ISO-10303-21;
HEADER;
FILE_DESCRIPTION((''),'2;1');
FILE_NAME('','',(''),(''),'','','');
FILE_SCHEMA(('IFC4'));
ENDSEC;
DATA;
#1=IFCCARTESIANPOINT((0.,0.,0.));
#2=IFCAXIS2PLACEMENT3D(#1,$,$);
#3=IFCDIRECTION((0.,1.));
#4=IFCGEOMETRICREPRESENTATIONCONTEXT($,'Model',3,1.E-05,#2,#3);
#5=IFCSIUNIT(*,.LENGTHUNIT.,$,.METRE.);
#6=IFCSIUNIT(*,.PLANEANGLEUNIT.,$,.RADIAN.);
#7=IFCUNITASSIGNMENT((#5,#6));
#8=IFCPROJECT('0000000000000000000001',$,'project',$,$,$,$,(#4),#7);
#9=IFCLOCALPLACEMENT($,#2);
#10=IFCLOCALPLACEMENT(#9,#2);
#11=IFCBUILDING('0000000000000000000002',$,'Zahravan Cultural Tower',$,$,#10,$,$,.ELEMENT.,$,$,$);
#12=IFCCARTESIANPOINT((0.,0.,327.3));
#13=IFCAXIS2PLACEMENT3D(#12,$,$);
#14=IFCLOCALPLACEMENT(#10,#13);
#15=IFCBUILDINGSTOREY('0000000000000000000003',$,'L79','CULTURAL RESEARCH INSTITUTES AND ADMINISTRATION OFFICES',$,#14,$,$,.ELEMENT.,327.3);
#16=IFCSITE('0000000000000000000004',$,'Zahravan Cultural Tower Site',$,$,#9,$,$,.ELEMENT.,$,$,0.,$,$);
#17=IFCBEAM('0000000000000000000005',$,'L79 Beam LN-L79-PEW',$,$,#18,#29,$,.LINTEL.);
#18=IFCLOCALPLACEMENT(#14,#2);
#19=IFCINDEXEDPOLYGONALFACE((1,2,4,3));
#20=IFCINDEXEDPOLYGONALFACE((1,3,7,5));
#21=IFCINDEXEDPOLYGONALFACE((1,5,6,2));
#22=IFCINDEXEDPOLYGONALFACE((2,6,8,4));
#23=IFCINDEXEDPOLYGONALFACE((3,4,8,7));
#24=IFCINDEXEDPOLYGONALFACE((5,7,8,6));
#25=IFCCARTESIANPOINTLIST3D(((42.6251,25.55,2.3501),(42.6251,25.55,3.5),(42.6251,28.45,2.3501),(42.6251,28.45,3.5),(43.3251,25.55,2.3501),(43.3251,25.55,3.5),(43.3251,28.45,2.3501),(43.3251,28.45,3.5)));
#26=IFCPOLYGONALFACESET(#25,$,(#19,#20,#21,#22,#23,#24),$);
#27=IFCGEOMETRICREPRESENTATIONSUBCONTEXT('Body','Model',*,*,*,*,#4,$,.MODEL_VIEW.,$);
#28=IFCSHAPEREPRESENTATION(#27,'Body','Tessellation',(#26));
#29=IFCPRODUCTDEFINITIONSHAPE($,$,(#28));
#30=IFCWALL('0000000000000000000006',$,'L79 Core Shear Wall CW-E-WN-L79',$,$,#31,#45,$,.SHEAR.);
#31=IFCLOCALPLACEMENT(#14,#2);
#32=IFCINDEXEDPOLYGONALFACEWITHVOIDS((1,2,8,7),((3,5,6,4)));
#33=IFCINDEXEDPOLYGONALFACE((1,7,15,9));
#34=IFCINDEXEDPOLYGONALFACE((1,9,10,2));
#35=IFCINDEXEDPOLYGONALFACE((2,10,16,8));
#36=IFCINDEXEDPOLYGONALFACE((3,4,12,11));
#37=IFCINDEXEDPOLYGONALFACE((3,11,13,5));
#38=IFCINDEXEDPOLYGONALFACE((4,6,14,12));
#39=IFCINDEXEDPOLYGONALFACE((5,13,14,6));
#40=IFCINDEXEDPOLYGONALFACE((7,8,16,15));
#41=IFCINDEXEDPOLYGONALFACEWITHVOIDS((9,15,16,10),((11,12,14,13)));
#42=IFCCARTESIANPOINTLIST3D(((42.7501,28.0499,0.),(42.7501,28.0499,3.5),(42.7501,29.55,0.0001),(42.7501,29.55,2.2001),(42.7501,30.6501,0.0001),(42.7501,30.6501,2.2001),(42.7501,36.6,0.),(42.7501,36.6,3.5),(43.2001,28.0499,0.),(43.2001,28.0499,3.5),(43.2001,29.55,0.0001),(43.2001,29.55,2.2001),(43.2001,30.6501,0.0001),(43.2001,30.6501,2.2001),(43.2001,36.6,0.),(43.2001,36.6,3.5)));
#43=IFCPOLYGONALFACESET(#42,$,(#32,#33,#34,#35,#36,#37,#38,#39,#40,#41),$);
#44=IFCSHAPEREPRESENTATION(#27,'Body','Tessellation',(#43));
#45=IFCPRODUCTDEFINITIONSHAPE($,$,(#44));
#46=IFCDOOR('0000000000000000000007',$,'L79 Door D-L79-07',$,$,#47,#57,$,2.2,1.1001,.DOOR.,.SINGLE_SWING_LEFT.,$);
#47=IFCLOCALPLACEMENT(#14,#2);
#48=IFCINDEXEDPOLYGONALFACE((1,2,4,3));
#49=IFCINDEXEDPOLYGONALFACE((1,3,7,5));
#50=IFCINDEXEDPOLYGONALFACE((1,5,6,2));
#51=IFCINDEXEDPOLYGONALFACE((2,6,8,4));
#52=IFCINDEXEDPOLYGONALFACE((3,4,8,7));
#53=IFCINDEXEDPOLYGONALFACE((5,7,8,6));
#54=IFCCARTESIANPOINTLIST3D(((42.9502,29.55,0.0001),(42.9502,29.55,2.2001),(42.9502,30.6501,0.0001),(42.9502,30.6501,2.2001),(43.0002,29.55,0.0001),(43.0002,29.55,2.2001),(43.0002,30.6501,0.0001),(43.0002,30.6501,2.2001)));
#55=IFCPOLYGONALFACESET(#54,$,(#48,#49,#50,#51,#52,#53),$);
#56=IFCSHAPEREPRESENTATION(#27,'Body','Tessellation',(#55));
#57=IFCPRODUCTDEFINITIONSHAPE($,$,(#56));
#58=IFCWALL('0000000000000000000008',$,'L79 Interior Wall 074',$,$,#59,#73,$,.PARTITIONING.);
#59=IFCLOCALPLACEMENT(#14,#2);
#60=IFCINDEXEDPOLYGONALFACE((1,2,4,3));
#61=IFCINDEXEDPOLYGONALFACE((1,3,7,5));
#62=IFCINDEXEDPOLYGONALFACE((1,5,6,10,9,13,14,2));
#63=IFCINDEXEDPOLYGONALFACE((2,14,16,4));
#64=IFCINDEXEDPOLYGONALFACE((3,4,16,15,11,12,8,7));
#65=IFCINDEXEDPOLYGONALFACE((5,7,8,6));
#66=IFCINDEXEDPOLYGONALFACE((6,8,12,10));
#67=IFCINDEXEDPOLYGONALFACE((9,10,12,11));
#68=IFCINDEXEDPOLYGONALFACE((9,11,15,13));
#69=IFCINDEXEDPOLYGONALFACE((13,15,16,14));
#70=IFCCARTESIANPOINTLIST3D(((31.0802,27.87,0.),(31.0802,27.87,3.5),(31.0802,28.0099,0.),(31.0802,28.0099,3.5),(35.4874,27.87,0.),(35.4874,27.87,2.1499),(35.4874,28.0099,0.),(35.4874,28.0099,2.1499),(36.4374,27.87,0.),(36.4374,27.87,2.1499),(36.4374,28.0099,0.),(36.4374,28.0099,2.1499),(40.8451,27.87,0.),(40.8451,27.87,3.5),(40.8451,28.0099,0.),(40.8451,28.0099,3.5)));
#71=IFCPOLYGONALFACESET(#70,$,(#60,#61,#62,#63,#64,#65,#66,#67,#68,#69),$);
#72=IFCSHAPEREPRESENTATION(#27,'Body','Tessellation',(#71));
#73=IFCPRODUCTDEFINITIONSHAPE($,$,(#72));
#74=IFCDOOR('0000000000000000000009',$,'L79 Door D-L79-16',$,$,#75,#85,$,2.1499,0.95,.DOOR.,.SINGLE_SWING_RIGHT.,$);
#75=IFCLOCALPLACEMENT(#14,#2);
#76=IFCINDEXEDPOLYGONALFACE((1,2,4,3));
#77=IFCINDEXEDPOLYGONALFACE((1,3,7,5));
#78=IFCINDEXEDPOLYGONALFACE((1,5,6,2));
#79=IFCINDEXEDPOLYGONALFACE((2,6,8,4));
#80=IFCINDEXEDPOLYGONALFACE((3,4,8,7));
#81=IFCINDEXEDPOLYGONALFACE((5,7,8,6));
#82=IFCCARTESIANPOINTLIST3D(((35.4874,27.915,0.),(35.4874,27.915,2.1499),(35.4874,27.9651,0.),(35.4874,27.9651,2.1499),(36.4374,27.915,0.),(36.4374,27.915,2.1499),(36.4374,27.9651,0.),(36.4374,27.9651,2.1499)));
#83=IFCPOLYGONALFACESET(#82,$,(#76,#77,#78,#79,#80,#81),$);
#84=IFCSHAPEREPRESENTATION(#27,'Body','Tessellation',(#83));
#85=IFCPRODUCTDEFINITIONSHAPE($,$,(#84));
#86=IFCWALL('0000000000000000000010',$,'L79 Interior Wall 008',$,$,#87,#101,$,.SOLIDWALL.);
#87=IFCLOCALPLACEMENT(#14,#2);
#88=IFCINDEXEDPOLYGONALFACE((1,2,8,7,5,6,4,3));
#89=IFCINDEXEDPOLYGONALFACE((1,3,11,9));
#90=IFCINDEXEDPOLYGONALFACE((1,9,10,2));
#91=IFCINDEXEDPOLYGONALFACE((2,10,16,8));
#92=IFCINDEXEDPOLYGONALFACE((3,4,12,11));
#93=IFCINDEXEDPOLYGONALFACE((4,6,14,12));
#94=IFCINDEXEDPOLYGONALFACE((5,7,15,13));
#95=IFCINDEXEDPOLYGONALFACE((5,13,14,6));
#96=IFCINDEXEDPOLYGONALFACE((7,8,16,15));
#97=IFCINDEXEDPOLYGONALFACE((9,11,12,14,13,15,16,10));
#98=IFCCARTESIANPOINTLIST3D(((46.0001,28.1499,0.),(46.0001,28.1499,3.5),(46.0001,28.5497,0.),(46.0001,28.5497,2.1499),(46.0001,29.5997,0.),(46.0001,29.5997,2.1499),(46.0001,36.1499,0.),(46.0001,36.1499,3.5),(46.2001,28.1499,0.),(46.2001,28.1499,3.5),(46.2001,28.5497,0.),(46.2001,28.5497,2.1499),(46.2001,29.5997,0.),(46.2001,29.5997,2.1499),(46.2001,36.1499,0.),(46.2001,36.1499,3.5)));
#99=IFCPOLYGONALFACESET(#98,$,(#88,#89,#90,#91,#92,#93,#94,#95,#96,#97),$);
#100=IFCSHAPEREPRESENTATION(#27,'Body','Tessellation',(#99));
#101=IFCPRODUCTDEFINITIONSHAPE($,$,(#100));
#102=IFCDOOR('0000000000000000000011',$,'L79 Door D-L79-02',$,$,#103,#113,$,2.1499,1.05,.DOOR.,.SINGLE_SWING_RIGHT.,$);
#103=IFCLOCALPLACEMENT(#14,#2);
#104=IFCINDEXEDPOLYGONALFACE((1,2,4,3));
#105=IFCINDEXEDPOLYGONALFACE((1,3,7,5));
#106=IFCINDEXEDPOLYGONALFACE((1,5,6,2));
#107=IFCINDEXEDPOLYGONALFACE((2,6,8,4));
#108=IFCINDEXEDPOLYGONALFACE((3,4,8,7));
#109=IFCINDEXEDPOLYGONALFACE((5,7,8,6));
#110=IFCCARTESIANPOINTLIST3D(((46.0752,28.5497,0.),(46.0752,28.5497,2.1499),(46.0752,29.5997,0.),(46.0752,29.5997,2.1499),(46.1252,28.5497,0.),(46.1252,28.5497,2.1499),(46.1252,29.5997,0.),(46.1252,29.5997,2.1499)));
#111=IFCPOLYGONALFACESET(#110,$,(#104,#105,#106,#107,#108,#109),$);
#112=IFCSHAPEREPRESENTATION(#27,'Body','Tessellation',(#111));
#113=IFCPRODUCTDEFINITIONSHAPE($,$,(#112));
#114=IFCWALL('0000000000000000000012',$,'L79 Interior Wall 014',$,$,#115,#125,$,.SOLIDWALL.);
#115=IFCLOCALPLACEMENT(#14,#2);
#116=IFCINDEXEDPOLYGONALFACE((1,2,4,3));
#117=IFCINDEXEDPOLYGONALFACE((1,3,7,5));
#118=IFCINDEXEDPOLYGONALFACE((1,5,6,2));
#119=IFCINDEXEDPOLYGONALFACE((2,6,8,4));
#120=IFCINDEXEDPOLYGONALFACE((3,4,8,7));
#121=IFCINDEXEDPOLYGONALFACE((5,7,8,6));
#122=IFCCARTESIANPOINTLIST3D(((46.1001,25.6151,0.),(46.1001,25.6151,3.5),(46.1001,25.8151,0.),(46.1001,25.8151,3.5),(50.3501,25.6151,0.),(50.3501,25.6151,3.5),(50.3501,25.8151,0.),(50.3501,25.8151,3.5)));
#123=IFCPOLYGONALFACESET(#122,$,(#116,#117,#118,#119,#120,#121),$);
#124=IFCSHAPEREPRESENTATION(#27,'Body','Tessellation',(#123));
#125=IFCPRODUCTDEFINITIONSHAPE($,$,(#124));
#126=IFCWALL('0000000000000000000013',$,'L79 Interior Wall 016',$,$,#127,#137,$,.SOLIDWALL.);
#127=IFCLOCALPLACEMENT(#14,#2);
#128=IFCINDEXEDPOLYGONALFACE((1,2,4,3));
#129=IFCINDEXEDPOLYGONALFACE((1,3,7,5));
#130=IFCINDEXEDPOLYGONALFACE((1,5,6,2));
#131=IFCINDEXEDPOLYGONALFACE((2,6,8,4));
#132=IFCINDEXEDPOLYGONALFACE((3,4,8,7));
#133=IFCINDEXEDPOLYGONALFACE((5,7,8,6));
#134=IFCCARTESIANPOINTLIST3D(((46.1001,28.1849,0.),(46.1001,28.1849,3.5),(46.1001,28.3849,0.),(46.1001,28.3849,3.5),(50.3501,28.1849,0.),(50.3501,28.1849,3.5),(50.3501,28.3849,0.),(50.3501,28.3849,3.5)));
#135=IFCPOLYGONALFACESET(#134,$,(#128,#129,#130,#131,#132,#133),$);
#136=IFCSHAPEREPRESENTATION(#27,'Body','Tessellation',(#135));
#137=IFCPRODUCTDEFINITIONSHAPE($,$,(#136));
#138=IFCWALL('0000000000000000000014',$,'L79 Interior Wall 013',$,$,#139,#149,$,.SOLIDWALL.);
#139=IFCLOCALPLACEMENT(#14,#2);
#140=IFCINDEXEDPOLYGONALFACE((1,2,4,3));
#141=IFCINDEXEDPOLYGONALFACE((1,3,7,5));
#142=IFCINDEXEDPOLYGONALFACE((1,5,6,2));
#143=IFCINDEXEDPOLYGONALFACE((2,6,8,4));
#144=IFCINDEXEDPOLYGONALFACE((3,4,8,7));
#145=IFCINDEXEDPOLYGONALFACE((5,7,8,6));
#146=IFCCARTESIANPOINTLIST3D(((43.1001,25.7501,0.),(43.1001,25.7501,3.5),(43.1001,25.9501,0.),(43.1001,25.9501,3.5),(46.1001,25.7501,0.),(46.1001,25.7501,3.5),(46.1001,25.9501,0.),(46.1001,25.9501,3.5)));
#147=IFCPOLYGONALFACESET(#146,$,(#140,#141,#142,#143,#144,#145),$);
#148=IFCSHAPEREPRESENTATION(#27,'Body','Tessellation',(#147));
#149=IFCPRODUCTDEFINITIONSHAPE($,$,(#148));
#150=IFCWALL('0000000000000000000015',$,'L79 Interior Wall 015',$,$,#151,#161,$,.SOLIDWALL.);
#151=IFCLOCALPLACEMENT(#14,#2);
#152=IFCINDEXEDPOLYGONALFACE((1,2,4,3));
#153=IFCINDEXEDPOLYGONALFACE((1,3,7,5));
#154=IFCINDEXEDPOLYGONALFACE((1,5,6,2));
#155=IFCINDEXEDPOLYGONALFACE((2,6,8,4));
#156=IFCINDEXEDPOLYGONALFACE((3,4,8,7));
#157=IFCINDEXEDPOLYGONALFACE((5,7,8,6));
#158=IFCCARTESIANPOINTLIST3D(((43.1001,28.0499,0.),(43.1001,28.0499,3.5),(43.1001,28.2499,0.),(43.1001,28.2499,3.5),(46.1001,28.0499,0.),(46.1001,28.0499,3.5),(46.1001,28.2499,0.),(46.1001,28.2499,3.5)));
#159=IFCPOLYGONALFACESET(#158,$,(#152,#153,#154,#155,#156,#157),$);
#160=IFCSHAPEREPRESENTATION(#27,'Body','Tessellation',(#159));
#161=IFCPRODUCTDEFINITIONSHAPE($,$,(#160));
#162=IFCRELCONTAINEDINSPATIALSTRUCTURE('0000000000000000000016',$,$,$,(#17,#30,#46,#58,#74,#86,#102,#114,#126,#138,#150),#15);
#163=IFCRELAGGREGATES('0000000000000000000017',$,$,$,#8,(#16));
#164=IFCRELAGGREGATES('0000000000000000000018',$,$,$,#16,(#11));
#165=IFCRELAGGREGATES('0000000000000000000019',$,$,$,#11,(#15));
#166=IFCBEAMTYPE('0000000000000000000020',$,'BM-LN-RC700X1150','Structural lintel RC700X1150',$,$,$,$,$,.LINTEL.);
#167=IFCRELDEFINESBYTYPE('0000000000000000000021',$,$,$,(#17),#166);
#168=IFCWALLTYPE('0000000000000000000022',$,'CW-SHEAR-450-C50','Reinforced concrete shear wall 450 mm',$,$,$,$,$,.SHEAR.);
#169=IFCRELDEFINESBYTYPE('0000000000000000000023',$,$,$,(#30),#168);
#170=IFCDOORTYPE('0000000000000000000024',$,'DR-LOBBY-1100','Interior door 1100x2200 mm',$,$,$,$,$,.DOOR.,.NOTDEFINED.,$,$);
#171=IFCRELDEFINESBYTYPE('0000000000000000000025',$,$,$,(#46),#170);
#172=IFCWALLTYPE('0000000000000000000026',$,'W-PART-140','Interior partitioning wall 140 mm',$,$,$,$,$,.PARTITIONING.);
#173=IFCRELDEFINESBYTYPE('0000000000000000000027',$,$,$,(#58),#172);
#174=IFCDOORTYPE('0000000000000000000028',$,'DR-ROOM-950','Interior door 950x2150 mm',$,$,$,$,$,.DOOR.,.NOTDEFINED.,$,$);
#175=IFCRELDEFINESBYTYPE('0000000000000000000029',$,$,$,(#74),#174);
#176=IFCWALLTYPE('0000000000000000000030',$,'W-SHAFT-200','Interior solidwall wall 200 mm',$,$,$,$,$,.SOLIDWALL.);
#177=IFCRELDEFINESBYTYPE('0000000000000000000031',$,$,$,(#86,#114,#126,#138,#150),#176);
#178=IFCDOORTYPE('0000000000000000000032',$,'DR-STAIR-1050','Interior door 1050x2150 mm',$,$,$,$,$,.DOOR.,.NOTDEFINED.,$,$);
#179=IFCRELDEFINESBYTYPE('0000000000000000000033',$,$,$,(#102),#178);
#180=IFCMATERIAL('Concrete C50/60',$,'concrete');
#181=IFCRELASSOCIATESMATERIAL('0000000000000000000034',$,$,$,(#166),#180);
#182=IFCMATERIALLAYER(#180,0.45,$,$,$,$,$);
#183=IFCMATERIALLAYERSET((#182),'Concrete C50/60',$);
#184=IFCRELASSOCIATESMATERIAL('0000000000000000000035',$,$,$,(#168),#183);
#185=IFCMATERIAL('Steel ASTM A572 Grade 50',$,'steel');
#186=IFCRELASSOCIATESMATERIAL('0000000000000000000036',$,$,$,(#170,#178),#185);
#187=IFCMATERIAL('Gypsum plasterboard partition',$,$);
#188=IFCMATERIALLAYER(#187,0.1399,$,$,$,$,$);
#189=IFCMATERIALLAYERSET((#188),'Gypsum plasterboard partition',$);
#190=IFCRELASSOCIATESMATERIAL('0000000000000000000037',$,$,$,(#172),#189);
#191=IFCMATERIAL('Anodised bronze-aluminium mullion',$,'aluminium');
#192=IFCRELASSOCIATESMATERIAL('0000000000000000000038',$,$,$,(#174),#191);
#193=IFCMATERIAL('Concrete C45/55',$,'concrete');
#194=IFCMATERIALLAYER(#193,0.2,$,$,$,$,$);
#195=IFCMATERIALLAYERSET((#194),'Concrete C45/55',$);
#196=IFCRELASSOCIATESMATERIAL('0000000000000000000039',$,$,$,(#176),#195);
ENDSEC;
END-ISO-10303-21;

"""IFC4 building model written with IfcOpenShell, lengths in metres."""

from ifc_helpers import new_model, si_unit, direction, frame, frame_2d, origin, origin_2d, place, context, subcontext, project, spatial, rectangle, extrude, source, transform, mapped, material, layer, layer_set, material_profile, profile_set, type_object, element, fill, save


model = new_model("IFC4")

# Units and contexts
model_context = context("Model", 3, precision=1e-05, world=origin(), true_north=direction((0.0, 1.0)))
body_context = subcontext(model_context, "Body", "Model", "MODEL_VIEW")
ifc_project = project(units=[si_unit("LENGTHUNIT", "METRE"), si_unit("PLANEANGLEUNIT", "RADIAN")], contexts=[model_context])

# Site, building, storey
site_placement = place(None, origin())
site = spatial("IfcSite", under=ifc_project, at=site_placement, Name="Zahravan Cultural Tower Site", CompositionType="ELEMENT", RefElevation=0.0)
building_placement = place(site_placement, origin())
building = spatial("IfcBuilding", under=site, at=building_placement, Name="Zahravan Cultural Tower", CompositionType="ELEMENT")
storey_placement = place(building_placement, frame((0.0, 0.0, 327.3)))
storey = spatial("IfcBuildingStorey", under=building, at=storey_placement, Name="L79", Description="CULTURAL RESEARCH INSTITUTES AND ADMINISTRATION OFFICES", CompositionType="ELEMENT", Elevation=327.3)

# Beam
ifc_material_1 = material(Name="Concrete C50/60", Category="concrete")
ifc_material_profile = material_profile(ifc_material_1, rectangle(XDim=0.7, YDim=1.1499, at=origin_2d()), Name="RC700X1150")
ifc_profile_set = profile_set([ifc_material_profile], Name="Concrete C50/60")
beam_type = type_object("IfcBeamType", Name="BM-LN-RC700X1150", Description="Structural lintel RC700X1150", PredefinedType="LINTEL", material=ifc_profile_set)
shared_shape_1 = source(origin(), body_context, "Body", "SweptSolid", [
    extrude(rectangle(XDim=0.7, YDim=1.1499, at=origin_2d()), origin(), (0.0, 0.0, 1.0), 2.8999),
])
beam_placement = place(storey_placement, frame((42.9751, 25.55, 2.925), z_axis=(0.0, 1.0, 0.0), x_axis=(-1.0, 0.0, 0.0)))
element("IfcBeam", 1, at=beam_placement, inside=storey, type_object=beam_type, Name="L79 Beam LN-L79-PEW", PredefinedType="LINTEL", context=body_context, shape_type="MappedRepresentation", body=[
    mapped(shared_shape_1, transform((0.0, 0.0, 0.0), x_axis=(1.0, 0.0, 0.0), y_axis=(0.0, 1.0, 0.0), z_axis=(0.0, 0.0, 1.0), scale=1.0)),
])

# Walls, openings, doors
ifc_layer_1 = layer(ifc_material_1, 0.45)
ifc_layer_set_1 = layer_set([ifc_layer_1], Name="Concrete C50/60")
wall_type_1 = type_object("IfcWallType", Name="CW-SHEAR-450-C50", Description="Reinforced concrete shear wall 450 mm", PredefinedType="SHEAR", material=ifc_layer_set_1)
wall_1_placement = place(storey_placement, frame((42.9751, 28.05, 0.0), z_axis=(0.0, 0.0, 1.0), x_axis=(0.0, 1.0, 0.0)))
wall_1 = element("IfcWall", 2, at=wall_1_placement, inside=storey, type_object=wall_type_1, Name="L79 Core Shear Wall CW-E-WN-L79", PredefinedType="SHEAR", context=body_context, shape_type="SweptSolid", body=[
    extrude(rectangle(XDim=8.55, YDim=0.45, at=frame_2d((4.2749, 0.0))), origin(), (0.0, 0.0, 1.0), 3.5),
])
opening_1_placement = place(wall_1_placement, frame((1.5, 0.0, 0.0)))
opening_1 = element("IfcOpeningElement", 3, at=opening_1_placement, cuts=wall_1, PredefinedType="OPENING", context=body_context, shape_type="SweptSolid", body=[
    extrude(rectangle(XDim=1.1001, YDim=2.2, at=frame_2d((0.55, 1.1001))), frame((0.0, 0.2349, 0.0), z_axis=(0.0, -1.0, 0.0), x_axis=(1.0, 0.0, 0.0)), (0.0, 0.0, 1.0), 0.47),
])
ifc_material_2 = material(Name="Steel ASTM A572 Grade 50", Category="steel")
door_type_1 = type_object("IfcDoorType", Name="DR-LOBBY-1100", Description="Interior door 1100x2200 mm", OperationType="NOTDEFINED", PredefinedType="DOOR", material=ifc_material_2)
shared_shape_2 = source(origin(), body_context, "Body", "SweptSolid", [
    extrude(rectangle(XDim=1.1001, YDim=2.2, at=frame_2d((0.55, 1.1001))), frame((0.0, 0.0249, 0.0), z_axis=(0.0, -1.0, 0.0), x_axis=(1.0, 0.0, 0.0)), (0.0, 0.0, 1.0), 0.05),
])
door_1_placement = place(opening_1_placement, origin())
door_1 = element("IfcDoor", 4, at=door_1_placement, inside=storey, type_object=door_type_1, Name="L79 Door D-L79-07", OperationType="SINGLE_SWING_LEFT", OverallHeight=2.2, OverallWidth=1.1001, PredefinedType="DOOR", context=body_context, shape_type="MappedRepresentation", body=[
    mapped(shared_shape_2, transform((0.0, 0.0, 0.0), x_axis=(1.0, 0.0, 0.0), y_axis=(0.0, 1.0, 0.0), z_axis=(0.0, 0.0, 1.0), scale=1.0)),
])
fill(opening_1, door_1)
ifc_material_3 = material(Name="Gypsum plasterboard partition")
ifc_layer_2 = layer(ifc_material_3, 0.1399)
ifc_layer_set_2 = layer_set([ifc_layer_2], Name="Gypsum plasterboard partition")
wall_type_2 = type_object("IfcWallType", Name="W-PART-140", Description="Interior partitioning wall 140 mm", PredefinedType="PARTITIONING", material=ifc_layer_set_2)
wall_2_placement = place(storey_placement, frame((40.845, 27.9399, 0.0), z_axis=(0.0, 0.0, 1.0), x_axis=(-1.0, 0.0, 0.0)))
wall_2 = element("IfcWall", 5, at=wall_2_placement, inside=storey, type_object=wall_type_2, Name="L79 Interior Wall 074", PredefinedType="PARTITIONING", context=body_context, shape_type="SweptSolid", body=[
    extrude(rectangle(XDim=9.7649, YDim=0.1399, at=frame_2d((4.8823, 0.0))), origin(), (0.0, 0.0, 1.0), 3.5),
])
opening_2_placement = place(wall_2_placement, frame((4.4075, 0.0, 0.0)))
opening_2 = element("IfcOpeningElement", 6, at=opening_2_placement, cuts=wall_2, PredefinedType="OPENING", context=body_context, shape_type="SweptSolid", body=[
    extrude(rectangle(XDim=0.95, YDim=2.1499, at=frame_2d((0.4751, 1.075))), frame((0.0, 0.0798, 0.0), z_axis=(0.0, -1.0, 0.0), x_axis=(1.0, 0.0, 0.0)), (0.0, 0.0, 1.0), 0.1599),
])
ifc_material_4 = material(Name="Anodised bronze-aluminium mullion", Category="aluminium")
door_type_2 = type_object("IfcDoorType", Name="DR-ROOM-950", Description="Interior door 950x2150 mm", OperationType="NOTDEFINED", PredefinedType="DOOR", material=ifc_material_4)
shared_shape_3 = source(origin(), body_context, "Body", "SweptSolid", [
    extrude(rectangle(XDim=0.95, YDim=2.1499, at=frame_2d((0.4751, 1.075))), frame((0.0, 0.0249, 0.0), z_axis=(0.0, -1.0, 0.0), x_axis=(1.0, 0.0, 0.0)), (0.0, 0.0, 1.0), 0.05),
])
door_2_placement = place(opening_2_placement, origin())
door_2 = element("IfcDoor", 7, at=door_2_placement, inside=storey, type_object=door_type_2, Name="L79 Door D-L79-16", OperationType="SINGLE_SWING_RIGHT", OverallHeight=2.1499, OverallWidth=0.95, PredefinedType="DOOR", context=body_context, shape_type="MappedRepresentation", body=[
    mapped(shared_shape_3, transform((0.0, 0.0, 0.0), x_axis=(1.0, 0.0, 0.0), y_axis=(0.0, 1.0, 0.0), z_axis=(0.0, 0.0, 1.0), scale=1.0)),
])
fill(opening_2, door_2)
ifc_material_5 = material(Name="Concrete C45/55", Category="concrete")
ifc_layer_3 = layer(ifc_material_5, 0.2)
ifc_layer_set_3 = layer_set([ifc_layer_3], Name="Concrete C45/55")
wall_type_3 = type_object("IfcWallType", Name="W-SHAFT-200", Description="Interior solidwall wall 200 mm", PredefinedType="SOLIDWALL", material=ifc_layer_set_3)
wall_3_placement = place(storey_placement, frame((46.1001, 28.1499, 0.0), z_axis=(0.0, 0.0, 1.0), x_axis=(0.0, 1.0, 0.0)))
wall_3 = element("IfcWall", 8, at=wall_3_placement, inside=storey, type_object=wall_type_3, Name="L79 Interior Wall 008", PredefinedType="SOLIDWALL", context=body_context, shape_type="SweptSolid", body=[
    extrude(rectangle(XDim=8.0, YDim=0.2, at=frame_2d((4.0, 0.0))), origin(), (0.0, 0.0, 1.0), 3.5),
])
opening_3_placement = place(wall_3_placement, frame((0.3999, 0.0, 0.0)))
opening_3 = element("IfcOpeningElement", 9, at=opening_3_placement, cuts=wall_3, PredefinedType="OPENING", context=body_context, shape_type="SweptSolid", body=[
    extrude(rectangle(XDim=1.05, YDim=2.1499, at=frame_2d((0.5249, 1.075))), frame((0.0, 0.1099, 0.0), z_axis=(0.0, -1.0, 0.0), x_axis=(1.0, 0.0, 0.0)), (0.0, 0.0, 1.0), 0.22),
])
door_type_3 = type_object("IfcDoorType", Name="DR-STAIR-1050", Description="Interior door 1050x2150 mm", OperationType="NOTDEFINED", PredefinedType="DOOR", material=ifc_material_2)
shared_shape_4 = source(origin(), body_context, "Body", "SweptSolid", [
    extrude(rectangle(XDim=1.05, YDim=2.1499, at=frame_2d((0.5249, 1.075))), frame((0.0, 0.0249, 0.0), z_axis=(0.0, -1.0, 0.0), x_axis=(1.0, 0.0, 0.0)), (0.0, 0.0, 1.0), 0.05),
])
door_3_placement = place(opening_3_placement, origin())
door_3 = element("IfcDoor", 10, at=door_3_placement, inside=storey, type_object=door_type_3, Name="L79 Door D-L79-02", OperationType="SINGLE_SWING_RIGHT", OverallHeight=2.1499, OverallWidth=1.05, PredefinedType="DOOR", context=body_context, shape_type="MappedRepresentation", body=[
    mapped(shared_shape_4, transform((0.0, 0.0, 0.0), x_axis=(1.0, 0.0, 0.0), y_axis=(0.0, 1.0, 0.0), z_axis=(0.0, 0.0, 1.0), scale=1.0)),
])
fill(opening_3, door_3)

# Walls
shared_shape_5 = source(origin(), body_context, "Body", "SweptSolid", [
    extrude(rectangle(XDim=4.25, YDim=0.2, at=frame_2d((2.125, 0.0))), origin(), (0.0, 0.0, 1.0), 3.5),
])
for number, where, z_axis, x_axis, name in (
    (11, (46.1001, 25.7151, 0.0), (0.0, 0.0, 1.0), (1.0, 0.0, 0.0), "L79 Interior Wall 014"),
    (12, (46.1001, 28.2849, 0.0), (0.0, 0.0, 1.0), (1.0, 0.0, 0.0), "L79 Interior Wall 016"),
):
    element("IfcWall", number, at=place(storey_placement, frame(where, z_axis=z_axis, x_axis=x_axis)), inside=storey, type_object=wall_type_3, Name=name, PredefinedType="SOLIDWALL", context=body_context, shape_type="MappedRepresentation", body=[
        mapped(shared_shape_5, transform((0.0, 0.0, 0.0), x_axis=(1.0, 0.0, 0.0), y_axis=(0.0, 1.0, 0.0), z_axis=(0.0, 0.0, 1.0), scale=1.0)),
    ])
shared_shape_6 = source(origin(), body_context, "Body", "SweptSolid", [
    extrude(rectangle(XDim=3.0, YDim=0.2, at=frame_2d((1.5, 0.0))), origin(), (0.0, 0.0, 1.0), 3.5),
])
for number, where, z_axis, x_axis, name in (
    (13, (43.1001, 25.8501, 0.0), (0.0, 0.0, 1.0), (1.0, 0.0, 0.0), "L79 Interior Wall 013"),
    (14, (43.1001, 28.1499, 0.0), (0.0, 0.0, 1.0), (1.0, 0.0, 0.0), "L79 Interior Wall 015"),
):
    element("IfcWall", number, at=place(storey_placement, frame(where, z_axis=z_axis, x_axis=x_axis)), inside=storey, type_object=wall_type_3, Name=name, PredefinedType="SOLIDWALL", context=body_context, shape_type="MappedRepresentation", body=[
        mapped(shared_shape_6, transform((0.0, 0.0, 0.0), x_axis=(1.0, 0.0, 0.0), y_axis=(0.0, 1.0, 0.0), z_axis=(0.0, 0.0, 1.0), scale=1.0)),
    ])

save(model, "model.ifc")
